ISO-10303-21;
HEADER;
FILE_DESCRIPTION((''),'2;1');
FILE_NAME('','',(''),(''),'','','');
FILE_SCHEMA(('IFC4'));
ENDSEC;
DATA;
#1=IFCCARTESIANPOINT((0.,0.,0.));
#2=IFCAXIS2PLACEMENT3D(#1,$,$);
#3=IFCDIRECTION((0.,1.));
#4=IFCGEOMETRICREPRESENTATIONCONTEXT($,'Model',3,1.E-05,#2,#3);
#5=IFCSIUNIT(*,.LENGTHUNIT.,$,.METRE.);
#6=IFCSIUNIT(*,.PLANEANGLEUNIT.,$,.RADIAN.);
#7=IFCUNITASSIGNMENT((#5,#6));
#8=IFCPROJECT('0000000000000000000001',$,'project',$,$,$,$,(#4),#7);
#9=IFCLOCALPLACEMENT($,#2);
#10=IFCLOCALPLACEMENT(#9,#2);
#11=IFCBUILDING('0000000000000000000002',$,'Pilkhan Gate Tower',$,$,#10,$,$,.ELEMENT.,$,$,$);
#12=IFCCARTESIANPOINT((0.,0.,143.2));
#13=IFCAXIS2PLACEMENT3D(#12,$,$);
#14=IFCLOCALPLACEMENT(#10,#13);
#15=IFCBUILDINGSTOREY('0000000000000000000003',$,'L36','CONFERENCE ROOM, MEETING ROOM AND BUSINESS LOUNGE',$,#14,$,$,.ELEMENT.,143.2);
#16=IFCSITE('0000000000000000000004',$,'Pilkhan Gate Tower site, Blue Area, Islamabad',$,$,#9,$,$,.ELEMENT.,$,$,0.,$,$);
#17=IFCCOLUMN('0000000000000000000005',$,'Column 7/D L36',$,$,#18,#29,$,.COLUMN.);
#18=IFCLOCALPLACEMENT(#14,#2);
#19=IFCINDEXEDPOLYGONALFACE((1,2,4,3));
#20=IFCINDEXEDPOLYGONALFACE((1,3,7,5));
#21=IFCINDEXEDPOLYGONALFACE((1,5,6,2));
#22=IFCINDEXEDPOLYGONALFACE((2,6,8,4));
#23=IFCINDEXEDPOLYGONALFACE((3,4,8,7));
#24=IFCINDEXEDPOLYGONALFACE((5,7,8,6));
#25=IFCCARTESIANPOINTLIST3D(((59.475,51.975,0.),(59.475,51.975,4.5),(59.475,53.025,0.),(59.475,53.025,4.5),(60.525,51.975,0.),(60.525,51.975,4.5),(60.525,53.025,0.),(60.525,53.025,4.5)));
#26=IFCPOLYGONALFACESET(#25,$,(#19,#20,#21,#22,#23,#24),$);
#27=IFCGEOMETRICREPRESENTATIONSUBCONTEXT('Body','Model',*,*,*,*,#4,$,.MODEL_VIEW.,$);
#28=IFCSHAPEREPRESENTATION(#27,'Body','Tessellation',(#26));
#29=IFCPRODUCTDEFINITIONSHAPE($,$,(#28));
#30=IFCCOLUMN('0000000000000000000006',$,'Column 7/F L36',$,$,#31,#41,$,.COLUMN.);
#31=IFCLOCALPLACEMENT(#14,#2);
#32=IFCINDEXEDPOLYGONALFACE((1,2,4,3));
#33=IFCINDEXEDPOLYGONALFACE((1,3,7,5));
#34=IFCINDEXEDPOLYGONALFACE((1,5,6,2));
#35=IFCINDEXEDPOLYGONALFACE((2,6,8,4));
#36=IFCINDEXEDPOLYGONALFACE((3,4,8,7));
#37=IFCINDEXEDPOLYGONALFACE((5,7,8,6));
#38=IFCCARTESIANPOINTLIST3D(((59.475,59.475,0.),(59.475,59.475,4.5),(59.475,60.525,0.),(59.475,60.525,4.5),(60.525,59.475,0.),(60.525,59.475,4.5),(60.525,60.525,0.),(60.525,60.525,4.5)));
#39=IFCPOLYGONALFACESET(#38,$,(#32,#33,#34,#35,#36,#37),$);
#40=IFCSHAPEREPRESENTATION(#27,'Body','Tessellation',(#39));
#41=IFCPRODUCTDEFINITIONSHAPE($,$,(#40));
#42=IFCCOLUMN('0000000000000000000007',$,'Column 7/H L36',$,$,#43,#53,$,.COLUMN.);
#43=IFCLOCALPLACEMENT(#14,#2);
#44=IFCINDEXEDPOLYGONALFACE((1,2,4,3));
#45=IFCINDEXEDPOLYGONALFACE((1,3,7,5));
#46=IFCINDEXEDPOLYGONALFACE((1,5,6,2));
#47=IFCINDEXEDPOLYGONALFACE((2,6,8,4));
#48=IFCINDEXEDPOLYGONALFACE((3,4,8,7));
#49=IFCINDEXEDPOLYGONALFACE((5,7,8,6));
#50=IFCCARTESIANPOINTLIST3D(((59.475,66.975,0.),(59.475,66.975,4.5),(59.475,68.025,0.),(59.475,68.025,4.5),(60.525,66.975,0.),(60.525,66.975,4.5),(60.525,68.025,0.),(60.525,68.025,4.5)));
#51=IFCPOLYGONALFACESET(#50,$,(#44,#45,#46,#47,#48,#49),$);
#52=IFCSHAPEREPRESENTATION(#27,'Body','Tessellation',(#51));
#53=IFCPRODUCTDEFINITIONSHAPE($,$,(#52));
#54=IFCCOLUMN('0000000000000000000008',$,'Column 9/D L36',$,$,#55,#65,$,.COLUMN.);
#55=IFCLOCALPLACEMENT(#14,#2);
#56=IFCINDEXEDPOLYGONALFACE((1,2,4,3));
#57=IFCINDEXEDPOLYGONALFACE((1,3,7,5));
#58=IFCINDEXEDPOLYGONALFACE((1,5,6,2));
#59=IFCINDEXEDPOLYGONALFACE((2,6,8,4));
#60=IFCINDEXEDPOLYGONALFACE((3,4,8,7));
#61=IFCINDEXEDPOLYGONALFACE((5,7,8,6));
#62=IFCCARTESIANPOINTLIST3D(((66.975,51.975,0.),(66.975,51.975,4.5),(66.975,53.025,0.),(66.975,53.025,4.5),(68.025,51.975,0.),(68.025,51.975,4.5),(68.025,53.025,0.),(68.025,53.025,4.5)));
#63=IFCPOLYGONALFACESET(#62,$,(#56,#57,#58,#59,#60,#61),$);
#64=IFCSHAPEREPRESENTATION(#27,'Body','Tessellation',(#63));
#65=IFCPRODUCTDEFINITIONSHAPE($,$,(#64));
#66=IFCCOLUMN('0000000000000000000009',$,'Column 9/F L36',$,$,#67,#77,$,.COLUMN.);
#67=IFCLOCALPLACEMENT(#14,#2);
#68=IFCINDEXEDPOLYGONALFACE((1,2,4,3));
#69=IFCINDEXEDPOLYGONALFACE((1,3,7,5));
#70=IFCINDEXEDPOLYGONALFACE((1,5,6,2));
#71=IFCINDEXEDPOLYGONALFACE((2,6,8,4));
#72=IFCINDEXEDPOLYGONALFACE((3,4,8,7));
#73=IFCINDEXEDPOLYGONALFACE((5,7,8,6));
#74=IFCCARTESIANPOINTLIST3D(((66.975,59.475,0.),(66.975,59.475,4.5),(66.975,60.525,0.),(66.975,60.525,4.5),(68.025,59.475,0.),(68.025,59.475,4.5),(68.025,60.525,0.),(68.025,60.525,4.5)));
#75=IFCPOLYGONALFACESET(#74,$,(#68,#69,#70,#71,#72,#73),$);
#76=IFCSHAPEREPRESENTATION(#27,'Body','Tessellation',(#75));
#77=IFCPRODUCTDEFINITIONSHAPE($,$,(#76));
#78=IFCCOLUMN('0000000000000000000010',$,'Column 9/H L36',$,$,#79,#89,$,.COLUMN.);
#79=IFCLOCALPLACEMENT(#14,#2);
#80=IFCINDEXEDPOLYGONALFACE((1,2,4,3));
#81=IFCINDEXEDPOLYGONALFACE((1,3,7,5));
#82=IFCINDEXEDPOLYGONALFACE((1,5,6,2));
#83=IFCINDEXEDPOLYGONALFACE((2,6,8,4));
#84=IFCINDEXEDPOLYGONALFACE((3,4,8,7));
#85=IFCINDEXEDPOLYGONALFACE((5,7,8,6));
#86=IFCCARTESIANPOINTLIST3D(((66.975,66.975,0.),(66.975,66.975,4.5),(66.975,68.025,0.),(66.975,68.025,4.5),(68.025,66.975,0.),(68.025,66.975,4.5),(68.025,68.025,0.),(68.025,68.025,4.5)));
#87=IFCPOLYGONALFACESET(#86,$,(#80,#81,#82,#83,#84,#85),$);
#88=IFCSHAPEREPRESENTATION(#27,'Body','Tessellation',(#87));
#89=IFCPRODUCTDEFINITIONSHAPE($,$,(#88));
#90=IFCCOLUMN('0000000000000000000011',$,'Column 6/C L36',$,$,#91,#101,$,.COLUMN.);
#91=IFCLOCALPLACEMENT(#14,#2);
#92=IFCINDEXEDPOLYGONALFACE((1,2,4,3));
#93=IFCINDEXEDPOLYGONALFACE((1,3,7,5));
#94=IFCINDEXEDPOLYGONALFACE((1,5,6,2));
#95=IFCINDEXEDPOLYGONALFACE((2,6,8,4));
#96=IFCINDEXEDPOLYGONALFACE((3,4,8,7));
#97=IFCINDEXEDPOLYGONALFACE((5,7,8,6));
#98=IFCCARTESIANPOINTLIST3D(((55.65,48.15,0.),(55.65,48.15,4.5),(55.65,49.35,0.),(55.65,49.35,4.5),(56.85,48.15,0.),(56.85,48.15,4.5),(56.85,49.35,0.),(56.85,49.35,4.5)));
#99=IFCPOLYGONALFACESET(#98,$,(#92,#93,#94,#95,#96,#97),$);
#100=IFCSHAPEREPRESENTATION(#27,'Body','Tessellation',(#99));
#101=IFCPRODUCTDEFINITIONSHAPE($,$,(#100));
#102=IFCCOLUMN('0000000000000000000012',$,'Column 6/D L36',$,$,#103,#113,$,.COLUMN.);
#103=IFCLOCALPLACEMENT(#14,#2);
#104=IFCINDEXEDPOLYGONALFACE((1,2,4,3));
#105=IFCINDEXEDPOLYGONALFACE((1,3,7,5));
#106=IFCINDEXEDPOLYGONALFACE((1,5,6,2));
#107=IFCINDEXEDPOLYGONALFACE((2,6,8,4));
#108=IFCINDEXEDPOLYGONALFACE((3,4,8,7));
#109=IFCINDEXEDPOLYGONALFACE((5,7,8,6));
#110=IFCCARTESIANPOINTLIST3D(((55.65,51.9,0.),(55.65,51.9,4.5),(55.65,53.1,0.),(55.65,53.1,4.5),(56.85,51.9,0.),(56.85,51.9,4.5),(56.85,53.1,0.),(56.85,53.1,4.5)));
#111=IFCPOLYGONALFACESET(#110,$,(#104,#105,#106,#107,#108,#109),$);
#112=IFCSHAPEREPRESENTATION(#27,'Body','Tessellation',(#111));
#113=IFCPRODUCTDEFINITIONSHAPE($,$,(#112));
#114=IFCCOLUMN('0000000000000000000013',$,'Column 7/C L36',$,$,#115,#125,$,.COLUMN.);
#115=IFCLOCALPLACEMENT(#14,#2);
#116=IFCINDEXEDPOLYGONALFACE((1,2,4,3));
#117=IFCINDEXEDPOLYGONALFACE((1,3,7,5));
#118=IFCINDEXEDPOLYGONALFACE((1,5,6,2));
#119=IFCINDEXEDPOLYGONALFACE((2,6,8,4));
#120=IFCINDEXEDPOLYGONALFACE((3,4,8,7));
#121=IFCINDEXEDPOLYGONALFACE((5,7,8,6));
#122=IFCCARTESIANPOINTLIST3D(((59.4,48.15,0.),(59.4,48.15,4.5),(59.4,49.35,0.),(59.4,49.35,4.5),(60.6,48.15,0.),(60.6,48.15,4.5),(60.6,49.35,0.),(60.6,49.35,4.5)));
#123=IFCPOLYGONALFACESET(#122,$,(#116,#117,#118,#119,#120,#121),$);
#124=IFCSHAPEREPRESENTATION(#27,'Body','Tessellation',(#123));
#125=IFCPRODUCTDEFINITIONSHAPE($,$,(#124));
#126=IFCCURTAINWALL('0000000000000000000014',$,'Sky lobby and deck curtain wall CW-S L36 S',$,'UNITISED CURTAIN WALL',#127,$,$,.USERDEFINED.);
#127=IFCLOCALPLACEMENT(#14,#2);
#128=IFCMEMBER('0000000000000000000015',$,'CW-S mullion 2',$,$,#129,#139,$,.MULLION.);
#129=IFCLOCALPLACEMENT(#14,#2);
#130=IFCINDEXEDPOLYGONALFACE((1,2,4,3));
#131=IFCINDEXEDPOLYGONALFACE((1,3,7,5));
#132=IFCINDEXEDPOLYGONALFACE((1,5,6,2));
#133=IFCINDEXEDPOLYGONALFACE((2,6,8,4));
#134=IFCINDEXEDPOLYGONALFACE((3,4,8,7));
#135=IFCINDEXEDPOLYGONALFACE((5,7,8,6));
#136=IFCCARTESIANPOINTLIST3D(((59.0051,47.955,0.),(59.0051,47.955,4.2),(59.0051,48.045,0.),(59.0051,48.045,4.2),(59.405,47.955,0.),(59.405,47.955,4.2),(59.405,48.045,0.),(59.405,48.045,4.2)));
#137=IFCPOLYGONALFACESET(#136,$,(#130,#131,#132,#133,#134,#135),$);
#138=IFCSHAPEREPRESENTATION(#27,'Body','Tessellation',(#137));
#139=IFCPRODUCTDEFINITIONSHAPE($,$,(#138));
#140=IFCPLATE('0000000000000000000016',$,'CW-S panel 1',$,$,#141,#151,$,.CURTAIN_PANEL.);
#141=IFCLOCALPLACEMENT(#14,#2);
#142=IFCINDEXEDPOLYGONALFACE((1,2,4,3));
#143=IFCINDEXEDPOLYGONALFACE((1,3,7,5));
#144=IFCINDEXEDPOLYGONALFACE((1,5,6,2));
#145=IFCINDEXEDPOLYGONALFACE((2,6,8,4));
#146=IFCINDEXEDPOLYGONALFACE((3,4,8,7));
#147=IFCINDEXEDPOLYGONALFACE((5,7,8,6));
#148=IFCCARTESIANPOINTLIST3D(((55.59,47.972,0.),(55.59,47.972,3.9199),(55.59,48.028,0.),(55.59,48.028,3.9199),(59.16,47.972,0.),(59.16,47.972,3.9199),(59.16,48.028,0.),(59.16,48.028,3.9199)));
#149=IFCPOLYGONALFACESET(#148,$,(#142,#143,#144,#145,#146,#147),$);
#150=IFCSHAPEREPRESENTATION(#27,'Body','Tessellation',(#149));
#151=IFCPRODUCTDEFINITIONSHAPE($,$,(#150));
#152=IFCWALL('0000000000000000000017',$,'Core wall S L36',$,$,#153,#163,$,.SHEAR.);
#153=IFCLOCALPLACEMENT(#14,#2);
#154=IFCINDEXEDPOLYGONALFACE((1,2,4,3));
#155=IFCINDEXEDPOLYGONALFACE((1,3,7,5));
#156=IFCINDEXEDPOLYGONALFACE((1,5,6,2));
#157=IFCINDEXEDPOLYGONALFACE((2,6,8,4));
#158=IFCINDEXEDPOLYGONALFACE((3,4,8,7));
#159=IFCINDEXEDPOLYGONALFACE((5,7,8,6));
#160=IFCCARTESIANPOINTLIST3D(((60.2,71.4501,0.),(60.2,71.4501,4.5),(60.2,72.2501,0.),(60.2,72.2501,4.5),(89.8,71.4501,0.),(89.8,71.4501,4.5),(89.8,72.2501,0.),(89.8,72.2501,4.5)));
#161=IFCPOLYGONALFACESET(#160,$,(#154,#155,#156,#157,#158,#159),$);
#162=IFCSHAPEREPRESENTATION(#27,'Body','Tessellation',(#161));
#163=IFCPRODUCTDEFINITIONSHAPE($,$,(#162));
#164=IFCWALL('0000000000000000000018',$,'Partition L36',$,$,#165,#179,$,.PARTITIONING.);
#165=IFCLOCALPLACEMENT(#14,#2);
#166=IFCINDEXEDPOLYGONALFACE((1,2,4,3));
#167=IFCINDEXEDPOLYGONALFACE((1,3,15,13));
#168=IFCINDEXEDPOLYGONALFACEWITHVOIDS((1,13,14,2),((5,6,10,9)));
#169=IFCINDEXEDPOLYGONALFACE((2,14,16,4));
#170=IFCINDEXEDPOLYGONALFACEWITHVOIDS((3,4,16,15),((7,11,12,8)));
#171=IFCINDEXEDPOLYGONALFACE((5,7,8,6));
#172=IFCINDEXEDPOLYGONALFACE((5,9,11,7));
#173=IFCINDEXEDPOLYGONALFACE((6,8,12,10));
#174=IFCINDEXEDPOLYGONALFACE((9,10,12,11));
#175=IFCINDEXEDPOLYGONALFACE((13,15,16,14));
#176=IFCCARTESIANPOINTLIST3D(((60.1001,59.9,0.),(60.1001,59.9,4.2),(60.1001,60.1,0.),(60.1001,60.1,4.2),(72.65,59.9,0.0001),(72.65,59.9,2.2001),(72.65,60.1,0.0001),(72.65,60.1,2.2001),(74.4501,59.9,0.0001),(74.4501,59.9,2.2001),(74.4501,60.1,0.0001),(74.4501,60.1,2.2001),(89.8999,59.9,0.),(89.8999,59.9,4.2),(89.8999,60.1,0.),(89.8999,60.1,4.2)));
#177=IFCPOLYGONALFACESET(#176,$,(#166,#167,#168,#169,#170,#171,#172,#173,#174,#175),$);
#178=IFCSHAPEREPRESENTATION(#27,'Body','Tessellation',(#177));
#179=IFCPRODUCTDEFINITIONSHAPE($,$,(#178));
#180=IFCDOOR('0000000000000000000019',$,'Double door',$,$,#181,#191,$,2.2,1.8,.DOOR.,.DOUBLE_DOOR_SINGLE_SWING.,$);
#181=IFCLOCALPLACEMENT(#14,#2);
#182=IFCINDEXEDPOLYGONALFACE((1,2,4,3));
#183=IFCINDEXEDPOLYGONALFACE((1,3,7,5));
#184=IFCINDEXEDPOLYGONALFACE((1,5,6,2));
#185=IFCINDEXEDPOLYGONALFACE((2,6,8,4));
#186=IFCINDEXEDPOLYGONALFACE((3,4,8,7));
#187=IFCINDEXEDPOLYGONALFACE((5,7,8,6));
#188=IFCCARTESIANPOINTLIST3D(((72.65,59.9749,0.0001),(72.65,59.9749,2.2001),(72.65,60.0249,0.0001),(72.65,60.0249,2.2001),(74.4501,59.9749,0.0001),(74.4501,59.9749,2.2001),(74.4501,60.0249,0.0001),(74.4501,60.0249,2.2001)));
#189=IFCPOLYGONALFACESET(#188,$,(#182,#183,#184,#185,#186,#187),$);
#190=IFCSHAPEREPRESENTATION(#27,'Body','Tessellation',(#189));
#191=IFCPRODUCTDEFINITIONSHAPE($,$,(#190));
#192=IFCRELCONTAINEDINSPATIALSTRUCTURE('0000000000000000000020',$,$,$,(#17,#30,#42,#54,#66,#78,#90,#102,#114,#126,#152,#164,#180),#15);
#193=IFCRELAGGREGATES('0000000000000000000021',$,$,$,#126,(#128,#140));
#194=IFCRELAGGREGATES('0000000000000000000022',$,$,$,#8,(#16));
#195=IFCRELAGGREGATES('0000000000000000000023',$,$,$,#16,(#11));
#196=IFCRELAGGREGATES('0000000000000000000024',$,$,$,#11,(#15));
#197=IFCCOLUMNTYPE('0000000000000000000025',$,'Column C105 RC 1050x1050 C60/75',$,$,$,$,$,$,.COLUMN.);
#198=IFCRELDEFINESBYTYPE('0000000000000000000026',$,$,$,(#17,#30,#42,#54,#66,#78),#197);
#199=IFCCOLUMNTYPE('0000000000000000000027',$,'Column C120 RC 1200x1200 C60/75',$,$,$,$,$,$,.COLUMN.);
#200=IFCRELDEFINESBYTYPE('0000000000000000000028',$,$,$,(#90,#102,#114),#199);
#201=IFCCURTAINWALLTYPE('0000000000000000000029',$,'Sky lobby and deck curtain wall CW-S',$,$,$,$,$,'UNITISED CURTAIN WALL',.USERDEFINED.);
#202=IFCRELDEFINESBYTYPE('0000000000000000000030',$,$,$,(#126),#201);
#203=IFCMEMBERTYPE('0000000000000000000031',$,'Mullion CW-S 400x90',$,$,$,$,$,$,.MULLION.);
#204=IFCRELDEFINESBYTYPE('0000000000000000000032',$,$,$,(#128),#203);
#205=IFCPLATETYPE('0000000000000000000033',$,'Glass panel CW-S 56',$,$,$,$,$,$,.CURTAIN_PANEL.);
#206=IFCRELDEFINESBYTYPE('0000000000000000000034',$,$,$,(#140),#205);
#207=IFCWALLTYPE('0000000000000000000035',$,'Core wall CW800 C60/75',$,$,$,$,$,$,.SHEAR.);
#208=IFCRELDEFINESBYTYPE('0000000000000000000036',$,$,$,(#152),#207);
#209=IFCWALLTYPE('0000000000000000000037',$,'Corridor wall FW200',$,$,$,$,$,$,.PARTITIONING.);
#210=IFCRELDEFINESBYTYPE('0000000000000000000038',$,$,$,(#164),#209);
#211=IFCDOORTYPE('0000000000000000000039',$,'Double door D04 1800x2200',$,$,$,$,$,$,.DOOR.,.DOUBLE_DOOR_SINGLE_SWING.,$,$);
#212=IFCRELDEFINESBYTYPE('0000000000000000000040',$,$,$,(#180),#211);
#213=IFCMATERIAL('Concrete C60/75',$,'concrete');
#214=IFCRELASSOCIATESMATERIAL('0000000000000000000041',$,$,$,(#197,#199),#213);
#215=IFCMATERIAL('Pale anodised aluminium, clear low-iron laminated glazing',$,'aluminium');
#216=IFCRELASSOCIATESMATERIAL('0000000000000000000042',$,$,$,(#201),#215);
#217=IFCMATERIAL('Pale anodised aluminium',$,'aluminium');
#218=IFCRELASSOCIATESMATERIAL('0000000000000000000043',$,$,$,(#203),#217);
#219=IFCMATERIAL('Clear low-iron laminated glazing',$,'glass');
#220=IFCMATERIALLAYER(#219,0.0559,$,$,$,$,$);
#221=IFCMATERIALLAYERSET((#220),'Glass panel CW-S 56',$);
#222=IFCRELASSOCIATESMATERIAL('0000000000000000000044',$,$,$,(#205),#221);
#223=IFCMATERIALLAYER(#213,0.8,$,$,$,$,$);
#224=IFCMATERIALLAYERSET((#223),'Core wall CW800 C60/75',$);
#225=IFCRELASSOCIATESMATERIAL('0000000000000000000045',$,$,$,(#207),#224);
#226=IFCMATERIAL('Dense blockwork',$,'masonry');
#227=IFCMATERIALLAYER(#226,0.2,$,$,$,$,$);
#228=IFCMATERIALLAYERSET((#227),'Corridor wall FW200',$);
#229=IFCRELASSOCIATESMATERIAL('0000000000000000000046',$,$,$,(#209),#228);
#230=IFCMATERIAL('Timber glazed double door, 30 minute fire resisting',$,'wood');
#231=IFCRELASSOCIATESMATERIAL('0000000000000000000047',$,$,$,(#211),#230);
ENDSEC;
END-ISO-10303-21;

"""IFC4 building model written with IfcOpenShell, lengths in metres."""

from ifc_helpers import new_model, si_unit, direction, frame, frame_2d, origin, origin_2d, place, context, subcontext, project, spatial, rectangle, extrude, material, layer, layer_set, material_profile, profile_set, type_object, element, fill, aggregate, save


model = new_model("IFC4")

# Units and contexts
model_context = context("Model", 3, precision=1e-05, world=origin(), true_north=direction((0.0, 1.0)))
body_context = subcontext(model_context, "Body", "Model", "MODEL_VIEW")
ifc_project = project(units=[si_unit("LENGTHUNIT", "METRE"), si_unit("PLANEANGLEUNIT", "RADIAN")], contexts=[model_context])

# Site, building, storey
site_placement = place(None, origin())
site = spatial("IfcSite", under=ifc_project, at=site_placement, Name="Pilkhan Gate Tower site, Blue Area, Islamabad", CompositionType="ELEMENT", RefElevation=0.0)
building_placement = place(site_placement, origin())
building = spatial("IfcBuilding", under=site, at=building_placement, Name="Pilkhan Gate Tower", CompositionType="ELEMENT")
storey_placement = place(building_placement, frame((0.0, 0.0, 143.2)))
storey = spatial("IfcBuildingStorey", under=building, at=storey_placement, Name="L36", Description="CONFERENCE ROOM, MEETING ROOM AND BUSINESS LOUNGE", CompositionType="ELEMENT", Elevation=143.2)

# Columns
ifc_material_1 = material(Name="Concrete C60/75", Category="concrete")
ifc_material_profile_1 = material_profile(ifc_material_1, rectangle(XDim=1.05, YDim=1.05, at=origin_2d()), Name="RC 1050x1050")
ifc_profile_set_1 = profile_set([ifc_material_profile_1], Name="Concrete C60/75")
column_type_1 = type_object("IfcColumnType", Name="Column C105 RC 1050x1050 C60/75", PredefinedType="COLUMN", material=ifc_profile_set_1)
for number, where, z_axis, x_axis, name in (
    (1, (60.0, 52.5, 0.0), (0.0, 0.0, 1.0), (1.0, 0.0, 0.0), "Column 7/D L36"),
    (2, (60.0, 60.0, 0.0), (0.0, 0.0, 1.0), (1.0, 0.0, 0.0), "Column 7/F L36"),
    (3, (60.0, 67.5, 0.0), (0.0, 0.0, 1.0), (1.0, 0.0, 0.0), "Column 7/H L36"),
    (4, (67.5, 52.5, 0.0), (0.0, 0.0, 1.0), (1.0, 0.0, 0.0), "Column 9/D L36"),
    (5, (67.5, 60.0, 0.0), (0.0, 0.0, 1.0), (1.0, 0.0, 0.0), "Column 9/F L36"),
    (6, (67.5, 67.5, 0.0), (0.0, 0.0, 1.0), (1.0, 0.0, 0.0), "Column 9/H L36"),
):
    element("IfcColumn", number, at=place(storey_placement, frame(where, z_axis=z_axis, x_axis=x_axis)), inside=storey, type_object=column_type_1, Name=name, PredefinedType="COLUMN", context=body_context, shape_type="SweptSolid", body=[
        extrude(rectangle(XDim=1.05, YDim=1.05, at=origin_2d()), origin(), (0.0, 0.0, 1.0), 4.5),
    ])
ifc_material_profile_2 = material_profile(ifc_material_1, rectangle(XDim=1.2, YDim=1.2, at=origin_2d()), Name="RC 1200x1200")
ifc_profile_set_2 = profile_set([ifc_material_profile_2], Name="Concrete C60/75")
column_type_2 = type_object("IfcColumnType", Name="Column C120 RC 1200x1200 C60/75", PredefinedType="COLUMN", material=ifc_profile_set_2)
for number, where, z_axis, x_axis, name in (
    (7, (56.25, 48.75, 0.0), (0.0, 0.0, 1.0), (1.0, 0.0, 0.0), "Column 6/C L36"),
    (8, (56.25, 52.5, 0.0), (0.0, 0.0, 1.0), (1.0, 0.0, 0.0), "Column 6/D L36"),
    (9, (60.0, 48.75, 0.0), (0.0, 0.0, 1.0), (1.0, 0.0, 0.0), "Column 7/C L36"),
):
    element("IfcColumn", number, at=place(storey_placement, frame(where, z_axis=z_axis, x_axis=x_axis)), inside=storey, type_object=column_type_2, Name=name, PredefinedType="COLUMN", context=body_context, shape_type="SweptSolid", body=[
        extrude(rectangle(XDim=1.2, YDim=1.2, at=origin_2d()), origin(), (0.0, 0.0, 1.0), 4.5),
    ])

# Curtain wall, member, plate
ifc_material_2 = material(Name="Pale anodised aluminium, clear low-iron laminated glazing", Category="aluminium")
curtain_wall_type = type_object("IfcCurtainWallType", Name="Sky lobby and deck curtain wall CW-S", ElementType="UNITISED CURTAIN WALL", PredefinedType="USERDEFINED", material=ifc_material_2)
curtain_wall_placement = place(storey_placement, origin())
curtain_wall = element("IfcCurtainWall", 10, at=curtain_wall_placement, inside=storey, type_object=curtain_wall_type, Name="Sky lobby and deck curtain wall CW-S L36 S", ObjectType="UNITISED CURTAIN WALL", PredefinedType="USERDEFINED")
ifc_material_3 = material(Name="Pale anodised aluminium", Category="aluminium")
ifc_material_profile_3 = material_profile(ifc_material_3, rectangle(XDim=0.0901, YDim=0.3999, at=origin_2d()), Name="Mullion 400x90")
ifc_profile_set_3 = profile_set([ifc_material_profile_3], Name="Pale anodised aluminium")
member_type = type_object("IfcMemberType", Name="Mullion CW-S 400x90", PredefinedType="MULLION", material=ifc_profile_set_3)
member_placement = place(storey_placement, frame((59.2051, 48.0, 0.0), z_axis=(0.0, 0.0, 1.0), x_axis=(0.0, 1.0, 0.0)))
member = element("IfcMember", 11, at=member_placement, type_object=member_type, Name="CW-S mullion 2", PredefinedType="MULLION", context=body_context, shape_type="SweptSolid", body=[
    extrude(rectangle(XDim=0.0901, YDim=0.3999, at=origin_2d()), origin(), (0.0, 0.0, 1.0), 4.2),
])
ifc_material_4 = material(Name="Clear low-iron laminated glazing", Category="glass")
ifc_layer_1 = layer(ifc_material_4, 0.0559)
ifc_layer_set_1 = layer_set([ifc_layer_1], Name="Glass panel CW-S 56")
plate_type = type_object("IfcPlateType", Name="Glass panel CW-S 56", PredefinedType="CURTAIN_PANEL", material=ifc_layer_set_1)
plate_placement = place(storey_placement, frame((57.375, 48.0, 0.0), z_axis=(0.0, 0.0, 1.0), x_axis=(1.0, 0.0, 0.0)))
plate = element("IfcPlate", 12, at=plate_placement, type_object=plate_type, Name="CW-S panel 1", PredefinedType="CURTAIN_PANEL", context=body_context, shape_type="SweptSolid", body=[
    extrude(rectangle(XDim=3.5701, YDim=0.0559, at=origin_2d()), origin(), (0.0, 0.0, 1.0), 3.9199),
])
aggregate(curtain_wall, [member, plate])

# Wall
ifc_layer_2 = layer(ifc_material_1, 0.8)
ifc_layer_set_2 = layer_set([ifc_layer_2], Name="Core wall CW800 C60/75")
wall_type_1 = type_object("IfcWallType", Name="Core wall CW800 C60/75", PredefinedType="SHEAR", material=ifc_layer_set_2)
wall_1_placement = place(storey_placement, frame((60.2, 71.8501, 0.0), z_axis=(0.0, 0.0, 1.0), x_axis=(1.0, 0.0, 0.0)))
element("IfcWall", 13, at=wall_1_placement, inside=storey, type_object=wall_type_1, Name="Core wall S L36", PredefinedType="SHEAR", context=body_context, shape_type="SweptSolid", body=[
    extrude(rectangle(XDim=29.6001, YDim=0.8, at=frame_2d((14.8, 0.0))), origin(), (0.0, 0.0, 1.0), 4.5),
])

# Wall, opening, door
ifc_material_5 = material(Name="Dense blockwork", Category="masonry")
ifc_layer_3 = layer(ifc_material_5, 0.2)
ifc_layer_set_3 = layer_set([ifc_layer_3], Name="Corridor wall FW200")
wall_type_2 = type_object("IfcWallType", Name="Corridor wall FW200", PredefinedType="PARTITIONING", material=ifc_layer_set_3)
wall_2_placement = place(storey_placement, frame((60.1001, 60.0, 0.0), z_axis=(0.0, 0.0, 1.0), x_axis=(1.0, 0.0, 0.0)))
wall_2 = element("IfcWall", 14, at=wall_2_placement, inside=storey, type_object=wall_type_2, Name="Partition L36", PredefinedType="PARTITIONING", context=body_context, shape_type="SweptSolid", body=[
    extrude(rectangle(XDim=29.7998, YDim=0.2, at=frame_2d((14.8999, 0.0))), origin(), (0.0, 0.0, 1.0), 4.2),
])
opening_1_placement = place(wall_2_placement, frame((12.55, 0.0, 0.0)))
opening_1 = element("IfcOpeningElement", 15, at=opening_1_placement, cuts=wall_2, PredefinedType="OPENING", context=body_context, shape_type="SweptSolid", body=[
    extrude(rectangle(XDim=1.8, YDim=2.2, at=frame_2d((0.8999, 1.1001))), frame((0.0, 0.1099, 0.0), z_axis=(0.0, -1.0, 0.0), x_axis=(1.0, 0.0, 0.0)), (0.0, 0.0, 1.0), 0.22),
])
ifc_material_6 = material(Name="Timber glazed double door, 30 minute fire resisting", Category="wood")
door_type_1 = type_object("IfcDoorType", Name="Double door D04 1800x2200", OperationType="DOUBLE_DOOR_SINGLE_SWING", PredefinedType="DOOR", material=ifc_material_6)
door_1_placement = place(opening_1_placement, origin())
door_1 = element("IfcDoor", 16, at=door_1_placement, inside=storey, type_object=door_type_1, Name="Double door", OperationType="DOUBLE_DOOR_SINGLE_SWING", OverallHeight=2.2, OverallWidth=1.8, PredefinedType="DOOR", context=body_context, shape_type="SweptSolid", body=[
    extrude(rectangle(XDim=1.8, YDim=2.2, at=frame_2d((0.8999, 1.1001))), frame((0.0, 0.0249, 0.0), z_axis=(0.0, -1.0, 0.0), x_axis=(1.0, 0.0, 0.0)), (0.0, 0.0, 1.0), 0.05),
])
fill(opening_1, door_1)

save(model, "model.ifc")
